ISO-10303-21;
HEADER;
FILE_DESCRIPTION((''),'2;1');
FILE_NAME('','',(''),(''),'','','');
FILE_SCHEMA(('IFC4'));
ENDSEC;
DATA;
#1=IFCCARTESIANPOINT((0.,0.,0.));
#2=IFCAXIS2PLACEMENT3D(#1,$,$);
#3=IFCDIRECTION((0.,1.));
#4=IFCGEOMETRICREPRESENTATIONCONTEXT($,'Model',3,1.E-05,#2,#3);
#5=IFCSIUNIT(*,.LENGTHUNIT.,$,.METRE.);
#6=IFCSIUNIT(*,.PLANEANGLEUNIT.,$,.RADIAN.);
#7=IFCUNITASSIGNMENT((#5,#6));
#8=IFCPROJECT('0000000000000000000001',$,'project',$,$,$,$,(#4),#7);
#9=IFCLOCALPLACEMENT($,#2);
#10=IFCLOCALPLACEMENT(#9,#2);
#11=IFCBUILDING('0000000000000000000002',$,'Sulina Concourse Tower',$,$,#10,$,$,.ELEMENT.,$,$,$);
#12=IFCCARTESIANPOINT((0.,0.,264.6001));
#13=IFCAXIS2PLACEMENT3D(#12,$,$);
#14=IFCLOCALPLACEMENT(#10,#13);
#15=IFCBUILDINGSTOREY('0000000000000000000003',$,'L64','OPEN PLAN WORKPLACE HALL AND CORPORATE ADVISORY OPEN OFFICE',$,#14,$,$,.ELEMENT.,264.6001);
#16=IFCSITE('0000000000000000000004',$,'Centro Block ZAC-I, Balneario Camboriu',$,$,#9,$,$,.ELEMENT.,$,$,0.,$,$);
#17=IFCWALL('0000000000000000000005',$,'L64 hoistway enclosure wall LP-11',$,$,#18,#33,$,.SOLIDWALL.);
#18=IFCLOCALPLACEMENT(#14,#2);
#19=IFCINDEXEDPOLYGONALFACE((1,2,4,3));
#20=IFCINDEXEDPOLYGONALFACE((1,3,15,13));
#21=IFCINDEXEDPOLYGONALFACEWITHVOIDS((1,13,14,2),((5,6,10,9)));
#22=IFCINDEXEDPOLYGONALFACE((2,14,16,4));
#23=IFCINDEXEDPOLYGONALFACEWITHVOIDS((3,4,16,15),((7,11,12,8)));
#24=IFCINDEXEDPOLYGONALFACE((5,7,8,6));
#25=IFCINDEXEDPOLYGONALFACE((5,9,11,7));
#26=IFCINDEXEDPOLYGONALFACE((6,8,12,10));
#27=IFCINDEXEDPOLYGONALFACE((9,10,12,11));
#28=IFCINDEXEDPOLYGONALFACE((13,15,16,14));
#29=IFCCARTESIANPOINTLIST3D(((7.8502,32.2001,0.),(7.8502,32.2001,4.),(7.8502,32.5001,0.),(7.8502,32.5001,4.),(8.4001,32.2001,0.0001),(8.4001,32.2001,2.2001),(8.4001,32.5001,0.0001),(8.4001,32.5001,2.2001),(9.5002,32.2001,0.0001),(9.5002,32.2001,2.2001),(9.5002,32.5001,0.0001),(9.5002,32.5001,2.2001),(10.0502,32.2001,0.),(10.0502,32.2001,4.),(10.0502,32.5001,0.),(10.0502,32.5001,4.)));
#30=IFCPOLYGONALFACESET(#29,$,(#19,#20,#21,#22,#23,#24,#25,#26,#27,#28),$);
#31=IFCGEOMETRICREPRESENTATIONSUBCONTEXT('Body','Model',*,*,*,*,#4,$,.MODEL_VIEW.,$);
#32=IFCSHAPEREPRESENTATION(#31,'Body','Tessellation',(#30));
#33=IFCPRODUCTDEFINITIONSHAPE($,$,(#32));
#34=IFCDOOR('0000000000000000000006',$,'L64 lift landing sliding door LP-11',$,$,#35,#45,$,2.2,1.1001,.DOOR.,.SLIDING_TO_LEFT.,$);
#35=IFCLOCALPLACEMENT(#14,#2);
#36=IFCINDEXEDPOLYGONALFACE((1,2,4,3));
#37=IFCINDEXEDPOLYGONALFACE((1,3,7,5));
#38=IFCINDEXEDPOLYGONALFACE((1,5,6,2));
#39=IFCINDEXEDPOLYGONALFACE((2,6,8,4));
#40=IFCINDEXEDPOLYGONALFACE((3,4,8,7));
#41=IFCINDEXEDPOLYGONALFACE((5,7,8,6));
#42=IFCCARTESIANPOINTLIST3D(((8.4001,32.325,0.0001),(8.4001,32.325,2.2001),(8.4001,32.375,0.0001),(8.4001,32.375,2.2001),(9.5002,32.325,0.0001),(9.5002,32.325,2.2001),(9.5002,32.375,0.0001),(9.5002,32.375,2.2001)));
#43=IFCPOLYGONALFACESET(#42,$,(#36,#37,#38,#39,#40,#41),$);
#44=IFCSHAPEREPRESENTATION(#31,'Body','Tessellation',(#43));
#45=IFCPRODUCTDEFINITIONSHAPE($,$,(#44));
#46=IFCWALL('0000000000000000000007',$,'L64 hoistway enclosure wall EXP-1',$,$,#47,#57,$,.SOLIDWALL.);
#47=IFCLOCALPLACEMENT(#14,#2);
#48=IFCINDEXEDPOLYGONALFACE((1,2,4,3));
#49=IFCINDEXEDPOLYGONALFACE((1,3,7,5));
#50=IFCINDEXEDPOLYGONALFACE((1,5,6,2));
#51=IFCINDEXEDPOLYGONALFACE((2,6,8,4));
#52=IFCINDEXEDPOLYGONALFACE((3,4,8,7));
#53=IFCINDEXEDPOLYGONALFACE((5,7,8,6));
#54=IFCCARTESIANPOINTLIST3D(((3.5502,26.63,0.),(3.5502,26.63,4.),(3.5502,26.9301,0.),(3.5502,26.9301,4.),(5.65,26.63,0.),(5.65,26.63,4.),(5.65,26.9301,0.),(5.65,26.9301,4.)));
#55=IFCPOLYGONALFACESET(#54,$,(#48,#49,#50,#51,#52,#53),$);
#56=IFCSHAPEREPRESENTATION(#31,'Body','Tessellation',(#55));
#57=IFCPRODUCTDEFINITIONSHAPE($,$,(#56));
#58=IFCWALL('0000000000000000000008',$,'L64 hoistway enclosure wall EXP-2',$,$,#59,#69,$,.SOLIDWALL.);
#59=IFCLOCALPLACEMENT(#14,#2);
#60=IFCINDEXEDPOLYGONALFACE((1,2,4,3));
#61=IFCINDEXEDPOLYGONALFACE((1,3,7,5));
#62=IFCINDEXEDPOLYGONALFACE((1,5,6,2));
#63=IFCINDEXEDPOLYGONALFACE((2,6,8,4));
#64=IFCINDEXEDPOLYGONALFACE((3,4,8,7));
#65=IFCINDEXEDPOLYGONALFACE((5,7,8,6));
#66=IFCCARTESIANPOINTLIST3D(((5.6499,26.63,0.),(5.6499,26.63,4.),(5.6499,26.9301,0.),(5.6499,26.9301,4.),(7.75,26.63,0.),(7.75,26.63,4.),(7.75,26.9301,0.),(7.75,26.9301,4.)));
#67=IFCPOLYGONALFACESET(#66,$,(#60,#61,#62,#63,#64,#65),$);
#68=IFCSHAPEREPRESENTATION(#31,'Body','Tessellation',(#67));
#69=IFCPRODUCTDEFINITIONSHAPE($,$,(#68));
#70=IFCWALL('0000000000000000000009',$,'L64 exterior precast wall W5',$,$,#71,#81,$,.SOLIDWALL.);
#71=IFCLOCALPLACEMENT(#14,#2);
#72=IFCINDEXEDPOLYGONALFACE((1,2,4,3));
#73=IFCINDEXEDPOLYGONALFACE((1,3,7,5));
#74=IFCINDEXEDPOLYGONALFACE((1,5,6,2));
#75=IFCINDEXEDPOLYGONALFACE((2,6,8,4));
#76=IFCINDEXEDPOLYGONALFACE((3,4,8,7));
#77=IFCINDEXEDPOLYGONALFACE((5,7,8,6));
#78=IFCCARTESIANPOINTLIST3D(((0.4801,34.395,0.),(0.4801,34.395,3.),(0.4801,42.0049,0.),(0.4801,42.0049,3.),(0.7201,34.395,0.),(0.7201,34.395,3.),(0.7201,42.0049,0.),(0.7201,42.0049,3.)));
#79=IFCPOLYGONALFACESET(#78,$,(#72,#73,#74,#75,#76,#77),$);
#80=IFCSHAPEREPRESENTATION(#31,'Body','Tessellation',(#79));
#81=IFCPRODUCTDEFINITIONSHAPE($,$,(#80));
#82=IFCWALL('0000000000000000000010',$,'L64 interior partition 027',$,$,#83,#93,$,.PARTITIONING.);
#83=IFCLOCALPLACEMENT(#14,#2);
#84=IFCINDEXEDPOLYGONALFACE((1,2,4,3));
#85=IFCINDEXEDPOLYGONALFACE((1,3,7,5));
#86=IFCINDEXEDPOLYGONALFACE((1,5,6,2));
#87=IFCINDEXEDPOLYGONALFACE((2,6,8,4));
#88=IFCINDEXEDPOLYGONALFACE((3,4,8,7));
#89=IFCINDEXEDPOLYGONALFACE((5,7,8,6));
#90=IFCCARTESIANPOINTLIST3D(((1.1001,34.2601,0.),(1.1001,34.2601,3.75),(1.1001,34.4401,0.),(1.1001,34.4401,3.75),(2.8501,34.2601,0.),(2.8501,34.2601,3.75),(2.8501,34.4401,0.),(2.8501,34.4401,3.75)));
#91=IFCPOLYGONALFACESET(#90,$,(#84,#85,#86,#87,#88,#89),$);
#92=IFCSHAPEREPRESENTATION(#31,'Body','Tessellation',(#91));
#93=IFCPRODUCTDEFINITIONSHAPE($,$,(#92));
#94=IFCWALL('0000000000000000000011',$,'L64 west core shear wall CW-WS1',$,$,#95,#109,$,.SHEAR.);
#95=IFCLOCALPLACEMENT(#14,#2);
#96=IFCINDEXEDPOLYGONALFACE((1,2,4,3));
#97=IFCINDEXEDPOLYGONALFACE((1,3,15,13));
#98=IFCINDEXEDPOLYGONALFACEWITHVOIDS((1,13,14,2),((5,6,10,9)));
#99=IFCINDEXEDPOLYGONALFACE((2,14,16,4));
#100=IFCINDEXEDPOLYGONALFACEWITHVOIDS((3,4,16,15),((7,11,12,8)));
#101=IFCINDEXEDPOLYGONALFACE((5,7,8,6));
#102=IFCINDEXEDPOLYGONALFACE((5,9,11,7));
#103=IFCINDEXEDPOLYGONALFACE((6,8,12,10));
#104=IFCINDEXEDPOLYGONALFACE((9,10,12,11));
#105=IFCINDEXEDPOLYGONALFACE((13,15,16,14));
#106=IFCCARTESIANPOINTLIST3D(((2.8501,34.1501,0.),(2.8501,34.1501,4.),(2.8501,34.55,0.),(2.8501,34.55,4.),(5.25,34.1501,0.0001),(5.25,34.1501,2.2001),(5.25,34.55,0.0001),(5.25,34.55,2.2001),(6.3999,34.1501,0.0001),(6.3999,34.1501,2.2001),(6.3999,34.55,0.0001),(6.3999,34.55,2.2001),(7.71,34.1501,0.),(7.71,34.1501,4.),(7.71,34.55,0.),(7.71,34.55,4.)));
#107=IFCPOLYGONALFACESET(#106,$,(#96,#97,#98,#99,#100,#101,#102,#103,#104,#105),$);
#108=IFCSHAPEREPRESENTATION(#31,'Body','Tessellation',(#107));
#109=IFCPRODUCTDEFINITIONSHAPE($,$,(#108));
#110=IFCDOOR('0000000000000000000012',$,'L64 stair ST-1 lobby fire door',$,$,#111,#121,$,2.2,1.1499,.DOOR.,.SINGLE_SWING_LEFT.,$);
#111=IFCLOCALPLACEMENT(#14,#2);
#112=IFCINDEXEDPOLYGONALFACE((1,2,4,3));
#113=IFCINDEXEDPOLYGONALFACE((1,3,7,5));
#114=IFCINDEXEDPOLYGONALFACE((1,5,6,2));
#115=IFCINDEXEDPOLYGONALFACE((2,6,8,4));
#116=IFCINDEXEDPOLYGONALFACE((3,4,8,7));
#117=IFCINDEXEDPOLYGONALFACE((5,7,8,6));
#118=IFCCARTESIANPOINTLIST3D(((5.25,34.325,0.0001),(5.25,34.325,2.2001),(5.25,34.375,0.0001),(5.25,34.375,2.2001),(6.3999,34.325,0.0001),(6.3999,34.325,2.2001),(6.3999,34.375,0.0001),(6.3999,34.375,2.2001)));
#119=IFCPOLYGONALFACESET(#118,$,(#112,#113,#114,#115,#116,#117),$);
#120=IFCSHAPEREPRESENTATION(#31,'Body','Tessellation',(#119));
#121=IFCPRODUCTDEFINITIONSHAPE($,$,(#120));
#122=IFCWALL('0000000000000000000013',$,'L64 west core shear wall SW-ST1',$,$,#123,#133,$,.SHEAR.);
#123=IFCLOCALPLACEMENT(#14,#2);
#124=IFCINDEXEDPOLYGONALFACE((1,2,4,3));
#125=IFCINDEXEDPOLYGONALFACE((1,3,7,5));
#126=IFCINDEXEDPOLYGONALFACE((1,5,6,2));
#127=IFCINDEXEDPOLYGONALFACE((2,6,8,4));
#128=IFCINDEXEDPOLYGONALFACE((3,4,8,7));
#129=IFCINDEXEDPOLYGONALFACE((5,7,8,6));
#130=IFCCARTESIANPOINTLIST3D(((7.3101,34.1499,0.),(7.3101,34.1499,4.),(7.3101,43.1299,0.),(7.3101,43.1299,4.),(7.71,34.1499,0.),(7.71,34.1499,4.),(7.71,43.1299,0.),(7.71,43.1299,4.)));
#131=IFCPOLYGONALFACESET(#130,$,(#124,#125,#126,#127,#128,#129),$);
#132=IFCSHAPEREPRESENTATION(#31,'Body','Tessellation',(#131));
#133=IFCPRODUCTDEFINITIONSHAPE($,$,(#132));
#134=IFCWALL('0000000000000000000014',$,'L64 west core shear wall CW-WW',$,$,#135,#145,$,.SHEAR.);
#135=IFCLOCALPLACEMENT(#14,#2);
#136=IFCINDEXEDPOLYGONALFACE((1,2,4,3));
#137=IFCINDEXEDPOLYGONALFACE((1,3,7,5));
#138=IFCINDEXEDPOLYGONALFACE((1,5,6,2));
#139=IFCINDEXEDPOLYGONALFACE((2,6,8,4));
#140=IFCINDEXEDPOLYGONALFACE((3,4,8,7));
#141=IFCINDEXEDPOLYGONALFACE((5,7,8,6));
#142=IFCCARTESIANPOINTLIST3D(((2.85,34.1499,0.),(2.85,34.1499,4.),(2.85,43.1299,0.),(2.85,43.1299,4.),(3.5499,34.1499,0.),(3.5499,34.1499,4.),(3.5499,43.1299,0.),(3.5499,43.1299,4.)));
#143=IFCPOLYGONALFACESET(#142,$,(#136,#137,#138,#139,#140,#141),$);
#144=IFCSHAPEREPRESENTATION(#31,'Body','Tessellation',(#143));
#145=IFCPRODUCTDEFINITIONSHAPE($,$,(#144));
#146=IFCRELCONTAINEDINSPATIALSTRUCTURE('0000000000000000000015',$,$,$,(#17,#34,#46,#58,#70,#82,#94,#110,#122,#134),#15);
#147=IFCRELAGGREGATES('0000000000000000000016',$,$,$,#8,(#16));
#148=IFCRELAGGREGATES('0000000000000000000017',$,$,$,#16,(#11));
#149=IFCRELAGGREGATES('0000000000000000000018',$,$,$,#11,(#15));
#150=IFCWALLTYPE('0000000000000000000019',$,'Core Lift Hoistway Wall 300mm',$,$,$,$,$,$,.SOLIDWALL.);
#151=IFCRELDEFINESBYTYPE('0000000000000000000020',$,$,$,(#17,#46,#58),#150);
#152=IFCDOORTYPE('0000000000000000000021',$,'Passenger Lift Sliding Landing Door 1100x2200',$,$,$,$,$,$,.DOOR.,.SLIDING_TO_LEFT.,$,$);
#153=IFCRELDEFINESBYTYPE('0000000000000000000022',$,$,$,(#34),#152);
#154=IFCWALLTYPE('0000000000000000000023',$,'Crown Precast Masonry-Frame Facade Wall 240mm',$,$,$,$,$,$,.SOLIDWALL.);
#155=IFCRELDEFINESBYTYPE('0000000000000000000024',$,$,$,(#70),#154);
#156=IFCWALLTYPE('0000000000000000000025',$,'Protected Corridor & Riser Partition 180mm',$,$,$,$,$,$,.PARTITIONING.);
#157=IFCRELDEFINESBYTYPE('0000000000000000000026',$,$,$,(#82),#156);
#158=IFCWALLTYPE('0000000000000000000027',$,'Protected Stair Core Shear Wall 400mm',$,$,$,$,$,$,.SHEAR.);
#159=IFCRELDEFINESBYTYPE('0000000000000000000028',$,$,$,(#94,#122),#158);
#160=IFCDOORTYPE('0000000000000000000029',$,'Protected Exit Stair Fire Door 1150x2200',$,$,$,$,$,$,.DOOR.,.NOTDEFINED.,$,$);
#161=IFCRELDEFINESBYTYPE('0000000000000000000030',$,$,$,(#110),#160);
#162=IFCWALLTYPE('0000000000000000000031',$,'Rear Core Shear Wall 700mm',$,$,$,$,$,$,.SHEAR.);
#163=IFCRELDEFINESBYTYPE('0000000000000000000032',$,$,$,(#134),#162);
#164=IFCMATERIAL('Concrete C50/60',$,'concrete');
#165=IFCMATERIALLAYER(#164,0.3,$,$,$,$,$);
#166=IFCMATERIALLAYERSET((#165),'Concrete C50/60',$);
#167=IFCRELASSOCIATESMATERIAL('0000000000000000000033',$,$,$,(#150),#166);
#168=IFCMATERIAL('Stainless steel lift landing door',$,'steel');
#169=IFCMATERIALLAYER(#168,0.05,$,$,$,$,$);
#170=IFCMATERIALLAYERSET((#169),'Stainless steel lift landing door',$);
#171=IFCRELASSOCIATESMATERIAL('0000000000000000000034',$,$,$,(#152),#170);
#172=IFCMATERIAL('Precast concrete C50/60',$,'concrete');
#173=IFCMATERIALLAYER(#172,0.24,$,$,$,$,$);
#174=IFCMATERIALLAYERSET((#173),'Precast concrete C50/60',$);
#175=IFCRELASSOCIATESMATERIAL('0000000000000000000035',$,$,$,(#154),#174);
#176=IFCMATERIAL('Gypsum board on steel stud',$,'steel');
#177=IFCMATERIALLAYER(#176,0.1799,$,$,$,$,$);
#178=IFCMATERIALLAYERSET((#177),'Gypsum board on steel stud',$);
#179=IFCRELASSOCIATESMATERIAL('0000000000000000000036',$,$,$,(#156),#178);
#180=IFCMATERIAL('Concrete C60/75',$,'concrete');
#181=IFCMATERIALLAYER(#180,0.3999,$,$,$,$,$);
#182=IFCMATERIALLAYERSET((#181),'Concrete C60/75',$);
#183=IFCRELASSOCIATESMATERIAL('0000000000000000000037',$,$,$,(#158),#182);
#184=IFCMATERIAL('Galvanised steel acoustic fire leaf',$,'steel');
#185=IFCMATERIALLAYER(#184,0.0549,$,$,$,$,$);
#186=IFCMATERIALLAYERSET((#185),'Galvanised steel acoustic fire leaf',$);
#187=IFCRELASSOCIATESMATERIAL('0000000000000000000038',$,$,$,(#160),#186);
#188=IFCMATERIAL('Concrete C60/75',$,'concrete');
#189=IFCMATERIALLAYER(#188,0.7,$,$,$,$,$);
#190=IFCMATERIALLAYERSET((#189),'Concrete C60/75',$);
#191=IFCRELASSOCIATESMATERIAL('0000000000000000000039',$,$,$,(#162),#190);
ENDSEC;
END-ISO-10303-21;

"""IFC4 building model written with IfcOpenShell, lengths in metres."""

from ifc_helpers import new_model, si_unit, direction, frame, frame_2d, origin, place, context, subcontext, project, spatial, rectangle, extrude, material, layer, layer_set, type_object, element, fill, save


model = new_model("IFC4")

# Units and contexts
model_context = context("Model", 3, precision=1e-05, world=origin(), true_north=direction((0.0, 1.0)))
body_context = subcontext(model_context, "Body", "Model", "MODEL_VIEW")
ifc_project = project(units=[si_unit("LENGTHUNIT", "METRE"), si_unit("PLANEANGLEUNIT", "RADIAN")], contexts=[model_context])

# Site, building, storey
site_placement = place(None, origin())
site = spatial("IfcSite", under=ifc_project, at=site_placement, Name="Centro Block ZAC-I, Balneario Camboriu", CompositionType="ELEMENT", RefElevation=0.0)
building_placement = place(site_placement, origin())
building = spatial("IfcBuilding", under=site, at=building_placement, Name="Sulina Concourse Tower", CompositionType="ELEMENT")
storey_placement = place(building_placement, frame((0.0, 0.0, 264.6001)))
storey = spatial("IfcBuildingStorey", under=building, at=storey_placement, Name="L64", Description="OPEN PLAN WORKPLACE HALL AND CORPORATE ADVISORY OPEN OFFICE", CompositionType="ELEMENT", Elevation=264.6001)

# Wall, opening, door
ifc_material_1 = material(Name="Concrete C50/60", Category="concrete")
ifc_layer_1 = layer(ifc_material_1, 0.3)
ifc_layer_set_1 = layer_set([ifc_layer_1], Name="Concrete C50/60")
wall_type_1 = type_object("IfcWallType", Name="Core Lift Hoistway Wall 300mm", PredefinedType="SOLIDWALL", material=ifc_layer_set_1)
ifc_material_2 = material(Name="Stainless steel lift landing door", Category="steel")
ifc_layer_2 = layer(ifc_material_2, 0.05)
ifc_layer_set_2 = layer_set([ifc_layer_2], Name="Stainless steel lift landing door")
door_type_1 = type_object("IfcDoorType", Name="Passenger Lift Sliding Landing Door 1100x2200", OperationType="SLIDING_TO_LEFT", PredefinedType="DOOR", material=ifc_layer_set_2)
wall_1_placement = place(storey_placement, frame((7.8501, 32.3501, 0.0), z_axis=(0.0, 0.0, 1.0), x_axis=(1.0, 0.0, 0.0)))
wall_1 = element("IfcWall", 1, at=wall_1_placement, inside=storey, type_object=wall_type_1, Name="L64 hoistway enclosure wall LP-11", PredefinedType="SOLIDWALL", context=body_context, shape_type="SweptSolid", body=[
    extrude(rectangle(XDim=2.2, YDim=0.3, at=frame_2d((1.1001, 0.0))), origin(), (0.0, 0.0, 1.0), 4.0),
])
opening_1_placement = place(wall_1_placement, frame((0.55, 0.0, 0.0)))
opening_1 = element("IfcOpeningElement", 2, at=opening_1_placement, cuts=wall_1, PredefinedType="OPENING", context=body_context, shape_type="SweptSolid", body=[
    extrude(rectangle(XDim=1.1001, YDim=2.2, at=frame_2d((0.55, 1.1001))), frame((0.0, 0.1599, 0.0), z_axis=(0.0, -1.0, 0.0), x_axis=(1.0, 0.0, 0.0)), (0.0, 0.0, 1.0), 0.3201),
])
door_1_placement = place(opening_1_placement, origin())
door_1 = element("IfcDoor", 3, at=door_1_placement, inside=storey, type_object=door_type_1, Name="L64 lift landing sliding door LP-11", OperationType="SLIDING_TO_LEFT", OverallHeight=2.2, OverallWidth=1.1001, PredefinedType="DOOR", context=body_context, shape_type="SweptSolid", body=[
    extrude(rectangle(XDim=1.1001, YDim=2.2, at=frame_2d((0.55, 1.1001))), frame((0.0, 0.0249, 0.0), z_axis=(0.0, -1.0, 0.0), x_axis=(1.0, 0.0, 0.0)), (0.0, 0.0, 1.0), 0.05),
])
fill(opening_1, door_1)

# Walls
wall_2_placement = place(storey_placement, frame((5.6499, 26.78, 0.0), z_axis=(0.0, 0.0, 1.0), x_axis=(-1.0, 0.0, 0.0)))
element("IfcWall", 4, at=wall_2_placement, inside=storey, type_object=wall_type_1, Name="L64 hoistway enclosure wall EXP-1", PredefinedType="SOLIDWALL", context=body_context, shape_type="SweptSolid", body=[
    extrude(rectangle(XDim=2.0999, YDim=0.3, at=frame_2d((1.0498, 0.0))), origin(), (0.0, 0.0, 1.0), 4.0),
])
wall_3_placement = place(storey_placement, frame((7.75, 26.78, 0.0), z_axis=(0.0, 0.0, 1.0), x_axis=(-1.0, 0.0, 0.0)))
element("IfcWall", 5, at=wall_3_placement, inside=storey, type_object=wall_type_1, Name="L64 hoistway enclosure wall EXP-2", PredefinedType="SOLIDWALL", context=body_context, shape_type="SweptSolid", body=[
    extrude(rectangle(XDim=2.1001, YDim=0.3, at=frame_2d((1.05, 0.0))), origin(), (0.0, 0.0, 1.0), 4.0),
])
ifc_material_3 = material(Name="Precast concrete C50/60", Category="concrete")
ifc_layer_3 = layer(ifc_material_3, 0.24)
ifc_layer_set_3 = layer_set([ifc_layer_3], Name="Precast concrete C50/60")
wall_type_2 = type_object("IfcWallType", Name="Crown Precast Masonry-Frame Facade Wall 240mm", PredefinedType="SOLIDWALL", material=ifc_layer_set_3)
wall_4_placement = place(storey_placement, frame((0.6001, 34.395, 0.0), z_axis=(0.0, 0.0, 1.0), x_axis=(0.0, 1.0, 0.0)))
element("IfcWall", 6, at=wall_4_placement, inside=storey, type_object=wall_type_2, Name="L64 exterior precast wall W5", PredefinedType="SOLIDWALL", context=body_context, shape_type="SweptSolid", body=[
    extrude(rectangle(XDim=7.6099, YDim=0.24, at=frame_2d((3.8049, 0.0))), origin(), (0.0, 0.0, 1.0), 3.0),
])
ifc_material_4 = material(Name="Gypsum board on steel stud", Category="steel")
ifc_layer_4 = layer(ifc_material_4, 0.1799)
ifc_layer_set_4 = layer_set([ifc_layer_4], Name="Gypsum board on steel stud")
wall_type_3 = type_object("IfcWallType", Name="Protected Corridor & Riser Partition 180mm", PredefinedType="PARTITIONING", material=ifc_layer_set_4)
wall_5_placement = place(storey_placement, frame((1.1001, 34.3501, 0.0), z_axis=(0.0, 0.0, 1.0), x_axis=(1.0, 0.0, 0.0)))
element("IfcWall", 7, at=wall_5_placement, inside=storey, type_object=wall_type_3, Name="L64 interior partition 027", PredefinedType="PARTITIONING", context=body_context, shape_type="SweptSolid", body=[
    extrude(rectangle(XDim=1.75, YDim=0.1799, at=frame_2d((0.875, 0.0))), origin(), (0.0, 0.0, 1.0), 3.75),
])

# Wall, opening, door
ifc_material_5 = material(Name="Concrete C60/75", Category="concrete")
ifc_layer_5 = layer(ifc_material_5, 0.3999)
ifc_layer_set_5 = layer_set([ifc_layer_5], Name="Concrete C60/75")
wall_type_4 = type_object("IfcWallType", Name="Protected Stair Core Shear Wall 400mm", PredefinedType="SHEAR", material=ifc_layer_set_5)
wall_6_placement = place(storey_placement, frame((2.8501, 34.3501, 0.0), z_axis=(0.0, 0.0, 1.0), x_axis=(1.0, 0.0, 0.0)))
wall_6 = element("IfcWall", 8, at=wall_6_placement, inside=storey, type_object=wall_type_4, Name="L64 west core shear wall CW-WS1", PredefinedType="SHEAR", context=body_context, shape_type="SweptSolid", body=[
    extrude(rectangle(XDim=4.8599, YDim=0.3999, at=frame_2d((2.4299, 0.0))), origin(), (0.0, 0.0, 1.0), 4.0),
])
opening_2_placement = place(wall_6_placement, frame((2.3999, 0.0, 0.0)))
opening_2 = element("IfcOpeningElement", 9, at=opening_2_placement, cuts=wall_6, PredefinedType="OPENING", context=body_context, shape_type="SweptSolid", body=[
    extrude(rectangle(XDim=1.1499, YDim=2.2, at=frame_2d((0.575, 1.1001))), frame((0.0, 0.21, 0.0), z_axis=(0.0, -1.0, 0.0), x_axis=(1.0, 0.0, 0.0)), (0.0, 0.0, 1.0), 0.4199),
])
ifc_material_6 = material(Name="Galvanised steel acoustic fire leaf", Category="steel")
ifc_layer_6 = layer(ifc_material_6, 0.0549)
ifc_layer_set_6 = layer_set([ifc_layer_6], Name="Galvanised steel acoustic fire leaf")
door_type_2 = type_object("IfcDoorType", Name="Protected Exit Stair Fire Door 1150x2200", OperationType="NOTDEFINED", PredefinedType="DOOR", material=ifc_layer_set_6)
door_2_placement = place(opening_2_placement, origin())
door_2 = element("IfcDoor", 10, at=door_2_placement, inside=storey, type_object=door_type_2, Name="L64 stair ST-1 lobby fire door", OperationType="SINGLE_SWING_LEFT", OverallHeight=2.2, OverallWidth=1.1499, PredefinedType="DOOR", context=body_context, shape_type="SweptSolid", body=[
    extrude(rectangle(XDim=1.1499, YDim=2.2, at=frame_2d((0.575, 1.1001))), frame((0.0, 0.0249, 0.0), z_axis=(0.0, -1.0, 0.0), x_axis=(1.0, 0.0, 0.0)), (0.0, 0.0, 1.0), 0.05),
])
fill(opening_2, door_2)

# Walls
wall_7_placement = place(storey_placement, frame((7.51, 34.1499, 0.0), z_axis=(0.0, 0.0, 1.0), x_axis=(0.0, 1.0, 0.0)))
element("IfcWall", 11, at=wall_7_placement, inside=storey, type_object=wall_type_4, Name="L64 west core shear wall SW-ST1", PredefinedType="SHEAR", context=body_context, shape_type="SweptSolid", body=[
    extrude(rectangle(XDim=8.98, YDim=0.3999, at=frame_2d((4.49, 0.0))), origin(), (0.0, 0.0, 1.0), 4.0),
])
ifc_material_7 = material(Name="Concrete C60/75", Category="concrete")
ifc_layer_7 = layer(ifc_material_7, 0.7)
ifc_layer_set_7 = layer_set([ifc_layer_7], Name="Concrete C60/75")
wall_type_5 = type_object("IfcWallType", Name="Rear Core Shear Wall 700mm", PredefinedType="SHEAR", material=ifc_layer_set_7)
wall_8_placement = place(storey_placement, frame((3.2, 34.1499, 0.0), z_axis=(0.0, 0.0, 1.0), x_axis=(0.0, 1.0, 0.0)))
element("IfcWall", 12, at=wall_8_placement, inside=storey, type_object=wall_type_5, Name="L64 west core shear wall CW-WW", PredefinedType="SHEAR", context=body_context, shape_type="SweptSolid", body=[
    extrude(rectangle(XDim=8.98, YDim=0.7, at=frame_2d((4.49, 0.0))), origin(), (0.0, 0.0, 1.0), 4.0),
])

save(model, "model.ifc")
